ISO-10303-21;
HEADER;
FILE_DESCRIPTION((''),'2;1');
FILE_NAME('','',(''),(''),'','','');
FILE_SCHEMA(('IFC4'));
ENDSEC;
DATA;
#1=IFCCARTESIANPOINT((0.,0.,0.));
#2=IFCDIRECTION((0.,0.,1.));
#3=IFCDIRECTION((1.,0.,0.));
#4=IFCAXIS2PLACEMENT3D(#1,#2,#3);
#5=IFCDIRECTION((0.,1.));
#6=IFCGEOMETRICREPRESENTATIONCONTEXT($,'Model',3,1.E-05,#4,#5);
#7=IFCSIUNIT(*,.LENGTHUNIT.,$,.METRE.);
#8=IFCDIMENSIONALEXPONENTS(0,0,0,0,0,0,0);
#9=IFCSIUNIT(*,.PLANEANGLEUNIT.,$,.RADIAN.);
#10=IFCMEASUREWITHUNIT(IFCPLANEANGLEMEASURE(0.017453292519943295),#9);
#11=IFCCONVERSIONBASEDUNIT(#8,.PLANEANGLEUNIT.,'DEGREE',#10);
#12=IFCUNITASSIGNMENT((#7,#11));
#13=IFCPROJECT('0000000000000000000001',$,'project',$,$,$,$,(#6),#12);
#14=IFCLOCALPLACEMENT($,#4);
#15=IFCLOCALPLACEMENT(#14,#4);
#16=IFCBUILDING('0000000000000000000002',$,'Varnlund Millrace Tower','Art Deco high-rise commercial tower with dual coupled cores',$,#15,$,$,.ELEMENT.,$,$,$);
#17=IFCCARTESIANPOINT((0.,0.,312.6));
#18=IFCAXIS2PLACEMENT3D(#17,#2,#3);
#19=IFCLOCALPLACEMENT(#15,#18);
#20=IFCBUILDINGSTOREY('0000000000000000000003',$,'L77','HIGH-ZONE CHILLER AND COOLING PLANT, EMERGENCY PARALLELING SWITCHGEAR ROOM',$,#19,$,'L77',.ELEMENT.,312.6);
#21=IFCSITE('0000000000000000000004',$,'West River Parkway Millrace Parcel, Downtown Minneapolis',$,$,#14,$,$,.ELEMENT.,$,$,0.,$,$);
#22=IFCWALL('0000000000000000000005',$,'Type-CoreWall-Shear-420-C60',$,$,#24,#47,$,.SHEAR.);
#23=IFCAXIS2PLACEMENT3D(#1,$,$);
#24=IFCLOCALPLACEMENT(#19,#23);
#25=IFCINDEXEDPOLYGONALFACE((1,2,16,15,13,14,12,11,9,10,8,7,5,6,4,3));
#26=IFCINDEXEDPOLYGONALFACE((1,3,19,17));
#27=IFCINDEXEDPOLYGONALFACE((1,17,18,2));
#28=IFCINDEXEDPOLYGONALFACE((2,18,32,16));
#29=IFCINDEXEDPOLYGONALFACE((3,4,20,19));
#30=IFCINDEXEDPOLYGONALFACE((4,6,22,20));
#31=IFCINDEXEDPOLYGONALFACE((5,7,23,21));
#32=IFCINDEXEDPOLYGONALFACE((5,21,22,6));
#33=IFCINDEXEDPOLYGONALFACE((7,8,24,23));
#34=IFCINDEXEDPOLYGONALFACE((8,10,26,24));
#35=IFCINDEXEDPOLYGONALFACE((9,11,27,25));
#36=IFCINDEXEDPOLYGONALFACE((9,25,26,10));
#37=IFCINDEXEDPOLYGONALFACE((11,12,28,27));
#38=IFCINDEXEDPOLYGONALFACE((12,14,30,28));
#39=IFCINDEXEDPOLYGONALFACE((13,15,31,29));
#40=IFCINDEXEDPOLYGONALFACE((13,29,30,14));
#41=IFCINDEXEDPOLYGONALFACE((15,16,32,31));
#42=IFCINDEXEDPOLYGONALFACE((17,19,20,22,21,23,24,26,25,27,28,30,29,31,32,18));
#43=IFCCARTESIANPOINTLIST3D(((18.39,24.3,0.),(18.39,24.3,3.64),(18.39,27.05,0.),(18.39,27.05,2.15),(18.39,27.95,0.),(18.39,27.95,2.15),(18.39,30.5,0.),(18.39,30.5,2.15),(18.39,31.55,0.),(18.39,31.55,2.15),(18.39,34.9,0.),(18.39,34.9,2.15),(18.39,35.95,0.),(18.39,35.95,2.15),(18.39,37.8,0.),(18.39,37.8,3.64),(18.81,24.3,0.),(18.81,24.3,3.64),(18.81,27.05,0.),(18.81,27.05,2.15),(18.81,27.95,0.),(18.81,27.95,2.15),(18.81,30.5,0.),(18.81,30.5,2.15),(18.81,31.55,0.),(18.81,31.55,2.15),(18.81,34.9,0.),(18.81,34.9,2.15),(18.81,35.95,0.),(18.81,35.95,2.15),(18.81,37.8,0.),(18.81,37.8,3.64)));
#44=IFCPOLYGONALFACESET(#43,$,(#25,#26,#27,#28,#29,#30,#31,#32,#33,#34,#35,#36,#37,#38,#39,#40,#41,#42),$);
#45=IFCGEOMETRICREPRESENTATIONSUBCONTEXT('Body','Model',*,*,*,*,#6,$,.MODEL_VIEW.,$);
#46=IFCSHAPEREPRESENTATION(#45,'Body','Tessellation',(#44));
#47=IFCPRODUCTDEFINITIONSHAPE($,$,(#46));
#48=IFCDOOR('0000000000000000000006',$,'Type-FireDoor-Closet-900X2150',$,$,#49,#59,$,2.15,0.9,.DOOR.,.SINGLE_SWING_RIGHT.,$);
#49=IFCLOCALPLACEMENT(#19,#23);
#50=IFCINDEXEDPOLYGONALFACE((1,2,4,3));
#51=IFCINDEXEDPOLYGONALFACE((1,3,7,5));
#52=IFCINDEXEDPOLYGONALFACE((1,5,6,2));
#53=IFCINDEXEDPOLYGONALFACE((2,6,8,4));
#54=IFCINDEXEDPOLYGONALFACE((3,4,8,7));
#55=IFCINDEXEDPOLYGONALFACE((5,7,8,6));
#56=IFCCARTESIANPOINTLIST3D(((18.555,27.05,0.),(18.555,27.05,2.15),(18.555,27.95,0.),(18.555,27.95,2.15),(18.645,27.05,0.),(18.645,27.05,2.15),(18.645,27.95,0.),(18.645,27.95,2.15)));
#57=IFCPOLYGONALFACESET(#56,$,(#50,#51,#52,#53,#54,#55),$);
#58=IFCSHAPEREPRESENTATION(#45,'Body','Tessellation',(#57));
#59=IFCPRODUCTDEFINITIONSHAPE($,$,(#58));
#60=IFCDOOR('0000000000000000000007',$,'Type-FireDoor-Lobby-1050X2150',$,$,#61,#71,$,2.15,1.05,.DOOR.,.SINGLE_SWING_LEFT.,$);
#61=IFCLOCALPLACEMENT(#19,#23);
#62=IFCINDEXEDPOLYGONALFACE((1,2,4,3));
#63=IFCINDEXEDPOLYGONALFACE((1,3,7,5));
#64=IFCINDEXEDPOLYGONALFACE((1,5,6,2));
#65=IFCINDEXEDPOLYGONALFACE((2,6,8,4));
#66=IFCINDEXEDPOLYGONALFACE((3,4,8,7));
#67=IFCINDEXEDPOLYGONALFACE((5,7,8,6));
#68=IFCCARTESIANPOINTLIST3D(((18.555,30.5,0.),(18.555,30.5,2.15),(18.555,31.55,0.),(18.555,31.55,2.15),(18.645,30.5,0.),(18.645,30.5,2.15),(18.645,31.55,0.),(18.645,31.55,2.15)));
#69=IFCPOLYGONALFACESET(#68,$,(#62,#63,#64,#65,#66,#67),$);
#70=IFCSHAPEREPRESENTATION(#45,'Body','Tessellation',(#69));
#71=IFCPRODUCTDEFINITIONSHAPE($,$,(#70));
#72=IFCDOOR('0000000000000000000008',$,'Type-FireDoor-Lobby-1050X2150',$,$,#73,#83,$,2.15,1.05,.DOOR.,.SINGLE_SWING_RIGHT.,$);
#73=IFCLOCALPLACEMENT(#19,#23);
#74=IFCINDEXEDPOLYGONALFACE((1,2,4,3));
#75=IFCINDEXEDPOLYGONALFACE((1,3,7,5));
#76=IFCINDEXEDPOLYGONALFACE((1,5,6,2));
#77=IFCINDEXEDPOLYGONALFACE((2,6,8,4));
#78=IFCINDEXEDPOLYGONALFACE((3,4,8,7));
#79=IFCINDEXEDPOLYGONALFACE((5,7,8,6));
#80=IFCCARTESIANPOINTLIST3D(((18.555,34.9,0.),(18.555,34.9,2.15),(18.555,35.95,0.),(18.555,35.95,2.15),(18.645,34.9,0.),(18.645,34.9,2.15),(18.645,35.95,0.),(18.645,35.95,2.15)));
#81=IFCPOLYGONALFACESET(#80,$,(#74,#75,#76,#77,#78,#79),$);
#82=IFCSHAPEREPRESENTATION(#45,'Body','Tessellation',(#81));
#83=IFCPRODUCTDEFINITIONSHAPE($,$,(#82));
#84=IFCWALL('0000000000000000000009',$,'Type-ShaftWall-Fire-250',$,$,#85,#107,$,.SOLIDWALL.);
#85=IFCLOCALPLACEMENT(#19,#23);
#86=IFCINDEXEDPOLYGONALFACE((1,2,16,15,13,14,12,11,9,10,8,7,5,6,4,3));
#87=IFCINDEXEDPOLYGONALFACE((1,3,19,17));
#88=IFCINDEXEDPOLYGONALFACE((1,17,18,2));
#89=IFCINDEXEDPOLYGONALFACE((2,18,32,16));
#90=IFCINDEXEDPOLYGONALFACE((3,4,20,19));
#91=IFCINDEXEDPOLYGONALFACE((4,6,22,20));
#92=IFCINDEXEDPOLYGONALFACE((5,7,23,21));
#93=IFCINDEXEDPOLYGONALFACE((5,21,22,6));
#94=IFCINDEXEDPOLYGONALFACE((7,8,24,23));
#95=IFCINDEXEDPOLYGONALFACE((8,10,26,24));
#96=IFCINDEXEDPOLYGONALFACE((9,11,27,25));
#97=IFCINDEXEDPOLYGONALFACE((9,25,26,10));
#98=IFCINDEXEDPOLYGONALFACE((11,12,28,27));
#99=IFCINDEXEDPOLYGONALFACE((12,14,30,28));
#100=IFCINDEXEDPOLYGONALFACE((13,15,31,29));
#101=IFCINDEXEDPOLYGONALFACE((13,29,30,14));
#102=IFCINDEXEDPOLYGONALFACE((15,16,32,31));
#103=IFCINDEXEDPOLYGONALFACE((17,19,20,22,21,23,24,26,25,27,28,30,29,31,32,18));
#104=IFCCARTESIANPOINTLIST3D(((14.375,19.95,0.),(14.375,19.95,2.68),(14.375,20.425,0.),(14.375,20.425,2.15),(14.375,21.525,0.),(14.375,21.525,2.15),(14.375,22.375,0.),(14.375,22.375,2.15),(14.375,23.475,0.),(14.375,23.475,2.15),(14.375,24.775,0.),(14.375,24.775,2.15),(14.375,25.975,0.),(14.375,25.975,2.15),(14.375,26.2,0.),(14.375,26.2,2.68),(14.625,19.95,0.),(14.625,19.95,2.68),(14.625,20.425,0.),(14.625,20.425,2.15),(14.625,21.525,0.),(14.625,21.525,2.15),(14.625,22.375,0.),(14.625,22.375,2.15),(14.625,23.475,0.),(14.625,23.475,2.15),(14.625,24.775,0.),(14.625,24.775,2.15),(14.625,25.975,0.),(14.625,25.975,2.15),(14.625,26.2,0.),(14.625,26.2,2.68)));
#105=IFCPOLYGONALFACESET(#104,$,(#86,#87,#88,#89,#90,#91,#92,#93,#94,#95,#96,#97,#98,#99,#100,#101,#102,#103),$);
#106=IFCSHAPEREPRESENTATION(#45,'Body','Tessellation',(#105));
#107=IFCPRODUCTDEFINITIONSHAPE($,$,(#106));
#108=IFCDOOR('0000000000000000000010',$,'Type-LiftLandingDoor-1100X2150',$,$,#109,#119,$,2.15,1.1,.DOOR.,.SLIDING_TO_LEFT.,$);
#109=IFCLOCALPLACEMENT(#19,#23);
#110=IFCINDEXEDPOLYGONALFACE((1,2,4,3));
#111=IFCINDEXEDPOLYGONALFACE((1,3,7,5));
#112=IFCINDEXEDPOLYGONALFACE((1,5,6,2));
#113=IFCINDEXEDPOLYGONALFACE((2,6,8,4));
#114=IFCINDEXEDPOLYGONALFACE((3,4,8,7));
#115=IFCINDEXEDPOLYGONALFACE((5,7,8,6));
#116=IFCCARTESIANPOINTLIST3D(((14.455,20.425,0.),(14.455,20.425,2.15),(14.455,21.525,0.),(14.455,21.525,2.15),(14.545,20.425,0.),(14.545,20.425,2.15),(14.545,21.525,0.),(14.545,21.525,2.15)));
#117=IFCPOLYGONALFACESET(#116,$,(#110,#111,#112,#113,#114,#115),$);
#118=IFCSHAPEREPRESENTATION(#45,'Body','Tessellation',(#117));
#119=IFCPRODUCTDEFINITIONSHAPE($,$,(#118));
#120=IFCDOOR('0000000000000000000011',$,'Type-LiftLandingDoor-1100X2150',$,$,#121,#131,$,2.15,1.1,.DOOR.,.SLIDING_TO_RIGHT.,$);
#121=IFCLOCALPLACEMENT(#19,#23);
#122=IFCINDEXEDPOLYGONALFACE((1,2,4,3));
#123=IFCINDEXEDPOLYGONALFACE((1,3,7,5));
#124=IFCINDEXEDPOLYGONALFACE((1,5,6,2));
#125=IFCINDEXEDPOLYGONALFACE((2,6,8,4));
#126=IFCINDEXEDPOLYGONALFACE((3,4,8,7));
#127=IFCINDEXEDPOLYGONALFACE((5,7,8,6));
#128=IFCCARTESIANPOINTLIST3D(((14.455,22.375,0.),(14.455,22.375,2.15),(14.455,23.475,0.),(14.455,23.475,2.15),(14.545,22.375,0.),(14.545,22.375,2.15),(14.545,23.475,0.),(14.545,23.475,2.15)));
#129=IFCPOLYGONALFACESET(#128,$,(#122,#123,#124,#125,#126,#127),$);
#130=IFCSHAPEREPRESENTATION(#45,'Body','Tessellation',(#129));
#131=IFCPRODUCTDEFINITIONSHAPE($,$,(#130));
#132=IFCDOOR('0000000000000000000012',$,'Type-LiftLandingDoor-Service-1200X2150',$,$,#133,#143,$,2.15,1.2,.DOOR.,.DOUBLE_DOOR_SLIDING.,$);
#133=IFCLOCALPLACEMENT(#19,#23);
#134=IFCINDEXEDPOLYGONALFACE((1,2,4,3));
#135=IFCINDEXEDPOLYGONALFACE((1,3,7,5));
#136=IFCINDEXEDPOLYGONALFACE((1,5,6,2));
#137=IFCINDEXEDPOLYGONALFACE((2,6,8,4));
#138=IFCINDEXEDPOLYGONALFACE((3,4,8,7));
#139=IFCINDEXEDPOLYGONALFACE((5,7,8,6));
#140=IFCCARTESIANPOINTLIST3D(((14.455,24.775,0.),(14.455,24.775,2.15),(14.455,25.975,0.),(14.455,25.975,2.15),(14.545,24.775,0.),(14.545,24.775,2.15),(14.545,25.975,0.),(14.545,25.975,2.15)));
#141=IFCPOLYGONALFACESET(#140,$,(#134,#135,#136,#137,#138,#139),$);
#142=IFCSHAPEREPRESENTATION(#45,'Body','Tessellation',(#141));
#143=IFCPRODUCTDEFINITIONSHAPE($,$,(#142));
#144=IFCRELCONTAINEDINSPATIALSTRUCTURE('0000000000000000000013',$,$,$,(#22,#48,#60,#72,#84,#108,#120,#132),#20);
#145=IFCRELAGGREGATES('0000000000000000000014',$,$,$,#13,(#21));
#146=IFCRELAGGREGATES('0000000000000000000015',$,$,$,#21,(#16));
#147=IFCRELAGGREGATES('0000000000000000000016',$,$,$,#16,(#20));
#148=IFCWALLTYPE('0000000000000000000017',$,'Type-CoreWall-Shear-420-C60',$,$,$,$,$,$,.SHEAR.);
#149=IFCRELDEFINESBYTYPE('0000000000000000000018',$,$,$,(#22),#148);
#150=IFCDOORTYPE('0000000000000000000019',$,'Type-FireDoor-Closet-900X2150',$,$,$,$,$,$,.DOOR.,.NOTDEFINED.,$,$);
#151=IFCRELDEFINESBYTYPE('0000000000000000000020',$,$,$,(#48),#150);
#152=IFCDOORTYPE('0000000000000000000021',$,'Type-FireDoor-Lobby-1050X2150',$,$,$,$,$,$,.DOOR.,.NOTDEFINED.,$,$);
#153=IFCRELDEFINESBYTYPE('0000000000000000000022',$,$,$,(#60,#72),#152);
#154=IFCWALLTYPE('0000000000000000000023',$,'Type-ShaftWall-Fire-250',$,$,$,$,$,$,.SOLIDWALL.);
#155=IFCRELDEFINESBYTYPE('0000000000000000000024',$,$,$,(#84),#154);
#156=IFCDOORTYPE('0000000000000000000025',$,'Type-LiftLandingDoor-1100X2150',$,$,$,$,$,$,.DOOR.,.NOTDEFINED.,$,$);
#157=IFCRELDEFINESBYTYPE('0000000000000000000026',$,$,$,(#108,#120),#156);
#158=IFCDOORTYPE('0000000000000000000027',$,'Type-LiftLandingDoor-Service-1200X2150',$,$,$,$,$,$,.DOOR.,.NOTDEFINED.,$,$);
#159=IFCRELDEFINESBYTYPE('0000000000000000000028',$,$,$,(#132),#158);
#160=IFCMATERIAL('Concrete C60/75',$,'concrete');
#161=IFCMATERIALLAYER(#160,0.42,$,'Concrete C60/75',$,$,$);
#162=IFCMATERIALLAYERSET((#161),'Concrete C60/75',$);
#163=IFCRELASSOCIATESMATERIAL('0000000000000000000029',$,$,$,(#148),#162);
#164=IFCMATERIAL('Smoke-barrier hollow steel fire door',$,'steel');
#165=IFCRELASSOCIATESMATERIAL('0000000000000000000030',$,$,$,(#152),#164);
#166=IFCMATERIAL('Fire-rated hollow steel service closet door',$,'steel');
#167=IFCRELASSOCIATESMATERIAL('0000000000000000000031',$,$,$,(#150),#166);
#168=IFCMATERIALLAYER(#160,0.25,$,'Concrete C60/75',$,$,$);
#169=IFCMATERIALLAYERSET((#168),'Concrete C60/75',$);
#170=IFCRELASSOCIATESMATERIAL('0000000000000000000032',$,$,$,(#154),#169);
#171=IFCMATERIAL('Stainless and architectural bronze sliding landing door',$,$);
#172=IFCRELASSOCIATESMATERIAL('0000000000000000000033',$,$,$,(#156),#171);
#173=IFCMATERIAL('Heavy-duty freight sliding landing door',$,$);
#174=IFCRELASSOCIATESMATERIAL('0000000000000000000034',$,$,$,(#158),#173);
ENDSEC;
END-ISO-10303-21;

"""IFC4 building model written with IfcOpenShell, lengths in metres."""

from ifc_helpers import new_model, entity, si_unit, converted_unit, direction, frame, origin_with_axes, origin_2d_with_axis, place, context, subcontext, project, spatial, polyline, rectangle, outline, extrude, material, layer, layer_set, type_object, element, fill, save


model = new_model("IFC4")

# Units and contexts
model_context = context("Model", 3, precision=1e-05, world=origin_with_axes(), true_north=direction((0.0, 1.0)))
body_context = subcontext(model_context, "Body", "Model", "MODEL_VIEW")
ifc_project = project(units=[si_unit("LENGTHUNIT", "METRE"), converted_unit("PLANEANGLEUNIT", "DEGREE", entity("IfcPlaneAngleMeasure", 0.017453292519943295), si_unit("PLANEANGLEUNIT", "RADIAN"), dimensions=[0, 0, 0, 0, 0, 0, 0])], contexts=[model_context])

# Site, building, storey
site_placement = place(None, origin_with_axes())
site = spatial("IfcSite", under=ifc_project, at=site_placement, Name="West River Parkway Millrace Parcel, Downtown Minneapolis", CompositionType="ELEMENT", RefElevation=0.0)
building_placement = place(site_placement, origin_with_axes())
building = spatial("IfcBuilding", under=site, at=building_placement, Name="Varnlund Millrace Tower", Description="Art Deco high-rise commercial tower with dual coupled cores", CompositionType="ELEMENT")
storey_placement = place(building_placement, frame((0.0, 0.0, 312.6), z_axis=(0.0, 0.0, 1.0), x_axis=(1.0, 0.0, 0.0)))
storey = spatial("IfcBuildingStorey", under=building, at=storey_placement, Name="L77", Description="HIGH-ZONE CHILLER AND COOLING PLANT, EMERGENCY PARALLELING SWITCHGEAR ROOM", LongName="L77", CompositionType="ELEMENT", Elevation=312.6)

# Shared definitions
ifc_material_1 = material(Name="Concrete C60/75", Category="concrete")

# Shared definitions
ifc_layer_1 = layer(ifc_material_1, 0.42, Name="Concrete C60/75")
ifc_layer_set_1 = layer_set([ifc_layer_1], Name="Concrete C60/75")
wall_type_1 = type_object("IfcWallType", Name="Type-CoreWall-Shear-420-C60", PredefinedType="SHEAR", material=ifc_layer_set_1)

# Walls, openings, doors
ifc_material_2 = material(Name="Smoke-barrier hollow steel fire door", Category="steel")
door_type_1 = type_object("IfcDoorType", Name="Type-FireDoor-Lobby-1050X2150", OperationType="NOTDEFINED", PredefinedType="DOOR", material=ifc_material_2)
wall_1_placement = place(storey_placement, frame((18.6, 24.3, 0.0), z_axis=(0.0, 0.0, 1.0), x_axis=(0.0, 1.0, 0.0)))
wall_1 = element("IfcWall", 1, at=wall_1_placement, inside=storey, type_object=wall_type_1, Name="Type-CoreWall-Shear-420-C60", PredefinedType="SHEAR", context=body_context, shape_type="SweptSolid", body=[
    extrude(outline(polyline([(0.0, -0.21), (13.5, -0.21), (13.5, 0.21), (0.0, 0.21), (0.0, -0.21)])), origin_with_axes(), (0.0, 0.0, 1.0), 3.64),
])
opening_1_placement = place(wall_1_placement, frame((3.2, 0.0, 0.0), z_axis=(0.0, 0.0, 1.0), x_axis=(1.0, 0.0, 0.0)))
opening_1 = element("IfcOpeningElement", 2, at=opening_1_placement, cuts=wall_1, PredefinedType="OPENING", context=body_context, shape_type="SweptSolid", body=[
    extrude(rectangle(XDim=0.9, YDim=0.44, at=origin_2d_with_axis()), origin_with_axes(), (0.0, 0.0, 1.0), 2.15),
])
opening_2_placement = place(wall_1_placement, frame((6.725, 0.0, 0.0), z_axis=(0.0, 0.0, 1.0), x_axis=(1.0, 0.0, 0.0)))
opening_2 = element("IfcOpeningElement", 3, at=opening_2_placement, cuts=wall_1, PredefinedType="OPENING", context=body_context, shape_type="SweptSolid", body=[
    extrude(rectangle(XDim=1.05, YDim=0.44, at=origin_2d_with_axis()), origin_with_axes(), (0.0, 0.0, 1.0), 2.15),
])
opening_3_placement = place(wall_1_placement, frame((11.125, 0.0, 0.0), z_axis=(0.0, 0.0, 1.0), x_axis=(1.0, 0.0, 0.0)))
opening_3 = element("IfcOpeningElement", 4, at=opening_3_placement, cuts=wall_1, PredefinedType="OPENING", context=body_context, shape_type="SweptSolid", body=[
    extrude(rectangle(XDim=1.05, YDim=0.44, at=origin_2d_with_axis()), origin_with_axes(), (0.0, 0.0, 1.0), 2.15),
])
ifc_material_3 = material(Name="Fire-rated hollow steel service closet door", Category="steel")
door_type_2 = type_object("IfcDoorType", Name="Type-FireDoor-Closet-900X2150", OperationType="NOTDEFINED", PredefinedType="DOOR", material=ifc_material_3)
door_1_placement = place(wall_1_placement, frame((3.2, 0.0, 0.0), z_axis=(0.0, 0.0, 1.0), x_axis=(1.0, 0.0, 0.0)))
door_1 = element("IfcDoor", 5, at=door_1_placement, inside=storey, type_object=door_type_2, Name="Type-FireDoor-Closet-900X2150", OperationType="SINGLE_SWING_RIGHT", OverallHeight=2.15, OverallWidth=0.9, PredefinedType="DOOR", context=body_context, shape_type="SweptSolid", body=[
    extrude(rectangle(XDim=0.9, YDim=0.09, at=origin_2d_with_axis()), origin_with_axes(), (0.0, 0.0, 1.0), 2.15),
])
fill(opening_1, door_1)
door_2_placement = place(wall_1_placement, frame((6.725, 0.0, 0.0), z_axis=(0.0, 0.0, 1.0), x_axis=(1.0, 0.0, 0.0)))
door_2 = element("IfcDoor", 6, at=door_2_placement, inside=storey, type_object=door_type_1, Name="Type-FireDoor-Lobby-1050X2150", OperationType="SINGLE_SWING_LEFT", OverallHeight=2.15, OverallWidth=1.05, PredefinedType="DOOR", context=body_context, shape_type="SweptSolid", body=[
    extrude(rectangle(XDim=1.05, YDim=0.09, at=origin_2d_with_axis()), origin_with_axes(), (0.0, 0.0, 1.0), 2.15),
])
fill(opening_2, door_2)
door_3_placement = place(wall_1_placement, frame((11.125, 0.0, 0.0), z_axis=(0.0, 0.0, 1.0), x_axis=(1.0, 0.0, 0.0)))
door_3 = element("IfcDoor", 7, at=door_3_placement, inside=storey, type_object=door_type_1, Name="Type-FireDoor-Lobby-1050X2150", OperationType="SINGLE_SWING_RIGHT", OverallHeight=2.15, OverallWidth=1.05, PredefinedType="DOOR", context=body_context, shape_type="SweptSolid", body=[
    extrude(rectangle(XDim=1.05, YDim=0.09, at=origin_2d_with_axis()), origin_with_axes(), (0.0, 0.0, 1.0), 2.15),
])
fill(opening_3, door_3)
ifc_layer_2 = layer(ifc_material_1, 0.25, Name="Concrete C60/75")
ifc_layer_set_2 = layer_set([ifc_layer_2], Name="Concrete C60/75")
wall_type_2 = type_object("IfcWallType", Name="Type-ShaftWall-Fire-250", PredefinedType="SOLIDWALL", material=ifc_layer_set_2)
wall_2_placement = place(storey_placement, frame((14.5, 19.95, 0.0), z_axis=(0.0, 0.0, 1.0), x_axis=(0.0, 1.0, 0.0)))
wall_2 = element("IfcWall", 8, at=wall_2_placement, inside=storey, type_object=wall_type_2, Name="Type-ShaftWall-Fire-250", PredefinedType="SOLIDWALL", context=body_context, shape_type="SweptSolid", body=[
    extrude(outline(polyline([(0.0, -0.125), (6.25, -0.125), (6.25, 0.125), (0.0, 0.125), (0.0, -0.125)])), origin_with_axes(), (0.0, 0.0, 1.0), 2.68),
])
opening_4_placement = place(wall_2_placement, frame((1.025, 0.0, 0.0), z_axis=(0.0, 0.0, 1.0), x_axis=(1.0, 0.0, 0.0)))
opening_4 = element("IfcOpeningElement", 9, at=opening_4_placement, cuts=wall_2, PredefinedType="OPENING", context=body_context, shape_type="SweptSolid", body=[
    extrude(rectangle(XDim=1.1, YDim=0.27, at=origin_2d_with_axis()), origin_with_axes(), (0.0, 0.0, 1.0), 2.15),
])
opening_5_placement = place(wall_2_placement, frame((2.975, 0.0, 0.0), z_axis=(0.0, 0.0, 1.0), x_axis=(1.0, 0.0, 0.0)))
opening_5 = element("IfcOpeningElement", 10, at=opening_5_placement, cuts=wall_2, PredefinedType="OPENING", context=body_context, shape_type="SweptSolid", body=[
    extrude(rectangle(XDim=1.1, YDim=0.27, at=origin_2d_with_axis()), origin_with_axes(), (0.0, 0.0, 1.0), 2.15),
])
opening_6_placement = place(wall_2_placement, frame((5.425, 0.0, 0.0), z_axis=(0.0, 0.0, 1.0), x_axis=(1.0, 0.0, 0.0)))
opening_6 = element("IfcOpeningElement", 11, at=opening_6_placement, cuts=wall_2, PredefinedType="OPENING", context=body_context, shape_type="SweptSolid", body=[
    extrude(rectangle(XDim=1.2, YDim=0.27, at=origin_2d_with_axis()), origin_with_axes(), (0.0, 0.0, 1.0), 2.15),
])
ifc_material_4 = material(Name="Stainless and architectural bronze sliding landing door")
door_type_3 = type_object("IfcDoorType", Name="Type-LiftLandingDoor-1100X2150", OperationType="NOTDEFINED", PredefinedType="DOOR", material=ifc_material_4)
door_4_placement = place(wall_2_placement, frame((1.025, 0.0, 0.0), z_axis=(0.0, 0.0, 1.0), x_axis=(1.0, 0.0, 0.0)))
door_4 = element("IfcDoor", 12, at=door_4_placement, inside=storey, type_object=door_type_3, Name="Type-LiftLandingDoor-1100X2150", OperationType="SLIDING_TO_LEFT", OverallHeight=2.15, OverallWidth=1.1, PredefinedType="DOOR", context=body_context, shape_type="SweptSolid", body=[
    extrude(rectangle(XDim=1.1, YDim=0.09, at=origin_2d_with_axis()), origin_with_axes(), (0.0, 0.0, 1.0), 2.15),
])
fill(opening_4, door_4)
door_5_placement = place(wall_2_placement, frame((2.975, 0.0, 0.0), z_axis=(0.0, 0.0, 1.0), x_axis=(1.0, 0.0, 0.0)))
door_5 = element("IfcDoor", 13, at=door_5_placement, inside=storey, type_object=door_type_3, Name="Type-LiftLandingDoor-1100X2150", OperationType="SLIDING_TO_RIGHT", OverallHeight=2.15, OverallWidth=1.1, PredefinedType="DOOR", context=body_context, shape_type="SweptSolid", body=[
    extrude(rectangle(XDim=1.1, YDim=0.09, at=origin_2d_with_axis()), origin_with_axes(), (0.0, 0.0, 1.0), 2.15),
])
fill(opening_5, door_5)
ifc_material_5 = material(Name="Heavy-duty freight sliding landing door")
door_type_4 = type_object("IfcDoorType", Name="Type-LiftLandingDoor-Service-1200X2150", OperationType="NOTDEFINED", PredefinedType="DOOR", material=ifc_material_5)
door_6_placement = place(wall_2_placement, frame((5.425, 0.0, 0.0), z_axis=(0.0, 0.0, 1.0), x_axis=(1.0, 0.0, 0.0)))
door_6 = element("IfcDoor", 14, at=door_6_placement, inside=storey, type_object=door_type_4, Name="Type-LiftLandingDoor-Service-1200X2150", OperationType="DOUBLE_DOOR_SLIDING", OverallHeight=2.15, OverallWidth=1.2, PredefinedType="DOOR", context=body_context, shape_type="SweptSolid", body=[
    extrude(rectangle(XDim=1.2, YDim=0.09, at=origin_2d_with_axis()), origin_with_axes(), (0.0, 0.0, 1.0), 2.15),
])
fill(opening_6, door_6)

save(model, "model.ifc")
